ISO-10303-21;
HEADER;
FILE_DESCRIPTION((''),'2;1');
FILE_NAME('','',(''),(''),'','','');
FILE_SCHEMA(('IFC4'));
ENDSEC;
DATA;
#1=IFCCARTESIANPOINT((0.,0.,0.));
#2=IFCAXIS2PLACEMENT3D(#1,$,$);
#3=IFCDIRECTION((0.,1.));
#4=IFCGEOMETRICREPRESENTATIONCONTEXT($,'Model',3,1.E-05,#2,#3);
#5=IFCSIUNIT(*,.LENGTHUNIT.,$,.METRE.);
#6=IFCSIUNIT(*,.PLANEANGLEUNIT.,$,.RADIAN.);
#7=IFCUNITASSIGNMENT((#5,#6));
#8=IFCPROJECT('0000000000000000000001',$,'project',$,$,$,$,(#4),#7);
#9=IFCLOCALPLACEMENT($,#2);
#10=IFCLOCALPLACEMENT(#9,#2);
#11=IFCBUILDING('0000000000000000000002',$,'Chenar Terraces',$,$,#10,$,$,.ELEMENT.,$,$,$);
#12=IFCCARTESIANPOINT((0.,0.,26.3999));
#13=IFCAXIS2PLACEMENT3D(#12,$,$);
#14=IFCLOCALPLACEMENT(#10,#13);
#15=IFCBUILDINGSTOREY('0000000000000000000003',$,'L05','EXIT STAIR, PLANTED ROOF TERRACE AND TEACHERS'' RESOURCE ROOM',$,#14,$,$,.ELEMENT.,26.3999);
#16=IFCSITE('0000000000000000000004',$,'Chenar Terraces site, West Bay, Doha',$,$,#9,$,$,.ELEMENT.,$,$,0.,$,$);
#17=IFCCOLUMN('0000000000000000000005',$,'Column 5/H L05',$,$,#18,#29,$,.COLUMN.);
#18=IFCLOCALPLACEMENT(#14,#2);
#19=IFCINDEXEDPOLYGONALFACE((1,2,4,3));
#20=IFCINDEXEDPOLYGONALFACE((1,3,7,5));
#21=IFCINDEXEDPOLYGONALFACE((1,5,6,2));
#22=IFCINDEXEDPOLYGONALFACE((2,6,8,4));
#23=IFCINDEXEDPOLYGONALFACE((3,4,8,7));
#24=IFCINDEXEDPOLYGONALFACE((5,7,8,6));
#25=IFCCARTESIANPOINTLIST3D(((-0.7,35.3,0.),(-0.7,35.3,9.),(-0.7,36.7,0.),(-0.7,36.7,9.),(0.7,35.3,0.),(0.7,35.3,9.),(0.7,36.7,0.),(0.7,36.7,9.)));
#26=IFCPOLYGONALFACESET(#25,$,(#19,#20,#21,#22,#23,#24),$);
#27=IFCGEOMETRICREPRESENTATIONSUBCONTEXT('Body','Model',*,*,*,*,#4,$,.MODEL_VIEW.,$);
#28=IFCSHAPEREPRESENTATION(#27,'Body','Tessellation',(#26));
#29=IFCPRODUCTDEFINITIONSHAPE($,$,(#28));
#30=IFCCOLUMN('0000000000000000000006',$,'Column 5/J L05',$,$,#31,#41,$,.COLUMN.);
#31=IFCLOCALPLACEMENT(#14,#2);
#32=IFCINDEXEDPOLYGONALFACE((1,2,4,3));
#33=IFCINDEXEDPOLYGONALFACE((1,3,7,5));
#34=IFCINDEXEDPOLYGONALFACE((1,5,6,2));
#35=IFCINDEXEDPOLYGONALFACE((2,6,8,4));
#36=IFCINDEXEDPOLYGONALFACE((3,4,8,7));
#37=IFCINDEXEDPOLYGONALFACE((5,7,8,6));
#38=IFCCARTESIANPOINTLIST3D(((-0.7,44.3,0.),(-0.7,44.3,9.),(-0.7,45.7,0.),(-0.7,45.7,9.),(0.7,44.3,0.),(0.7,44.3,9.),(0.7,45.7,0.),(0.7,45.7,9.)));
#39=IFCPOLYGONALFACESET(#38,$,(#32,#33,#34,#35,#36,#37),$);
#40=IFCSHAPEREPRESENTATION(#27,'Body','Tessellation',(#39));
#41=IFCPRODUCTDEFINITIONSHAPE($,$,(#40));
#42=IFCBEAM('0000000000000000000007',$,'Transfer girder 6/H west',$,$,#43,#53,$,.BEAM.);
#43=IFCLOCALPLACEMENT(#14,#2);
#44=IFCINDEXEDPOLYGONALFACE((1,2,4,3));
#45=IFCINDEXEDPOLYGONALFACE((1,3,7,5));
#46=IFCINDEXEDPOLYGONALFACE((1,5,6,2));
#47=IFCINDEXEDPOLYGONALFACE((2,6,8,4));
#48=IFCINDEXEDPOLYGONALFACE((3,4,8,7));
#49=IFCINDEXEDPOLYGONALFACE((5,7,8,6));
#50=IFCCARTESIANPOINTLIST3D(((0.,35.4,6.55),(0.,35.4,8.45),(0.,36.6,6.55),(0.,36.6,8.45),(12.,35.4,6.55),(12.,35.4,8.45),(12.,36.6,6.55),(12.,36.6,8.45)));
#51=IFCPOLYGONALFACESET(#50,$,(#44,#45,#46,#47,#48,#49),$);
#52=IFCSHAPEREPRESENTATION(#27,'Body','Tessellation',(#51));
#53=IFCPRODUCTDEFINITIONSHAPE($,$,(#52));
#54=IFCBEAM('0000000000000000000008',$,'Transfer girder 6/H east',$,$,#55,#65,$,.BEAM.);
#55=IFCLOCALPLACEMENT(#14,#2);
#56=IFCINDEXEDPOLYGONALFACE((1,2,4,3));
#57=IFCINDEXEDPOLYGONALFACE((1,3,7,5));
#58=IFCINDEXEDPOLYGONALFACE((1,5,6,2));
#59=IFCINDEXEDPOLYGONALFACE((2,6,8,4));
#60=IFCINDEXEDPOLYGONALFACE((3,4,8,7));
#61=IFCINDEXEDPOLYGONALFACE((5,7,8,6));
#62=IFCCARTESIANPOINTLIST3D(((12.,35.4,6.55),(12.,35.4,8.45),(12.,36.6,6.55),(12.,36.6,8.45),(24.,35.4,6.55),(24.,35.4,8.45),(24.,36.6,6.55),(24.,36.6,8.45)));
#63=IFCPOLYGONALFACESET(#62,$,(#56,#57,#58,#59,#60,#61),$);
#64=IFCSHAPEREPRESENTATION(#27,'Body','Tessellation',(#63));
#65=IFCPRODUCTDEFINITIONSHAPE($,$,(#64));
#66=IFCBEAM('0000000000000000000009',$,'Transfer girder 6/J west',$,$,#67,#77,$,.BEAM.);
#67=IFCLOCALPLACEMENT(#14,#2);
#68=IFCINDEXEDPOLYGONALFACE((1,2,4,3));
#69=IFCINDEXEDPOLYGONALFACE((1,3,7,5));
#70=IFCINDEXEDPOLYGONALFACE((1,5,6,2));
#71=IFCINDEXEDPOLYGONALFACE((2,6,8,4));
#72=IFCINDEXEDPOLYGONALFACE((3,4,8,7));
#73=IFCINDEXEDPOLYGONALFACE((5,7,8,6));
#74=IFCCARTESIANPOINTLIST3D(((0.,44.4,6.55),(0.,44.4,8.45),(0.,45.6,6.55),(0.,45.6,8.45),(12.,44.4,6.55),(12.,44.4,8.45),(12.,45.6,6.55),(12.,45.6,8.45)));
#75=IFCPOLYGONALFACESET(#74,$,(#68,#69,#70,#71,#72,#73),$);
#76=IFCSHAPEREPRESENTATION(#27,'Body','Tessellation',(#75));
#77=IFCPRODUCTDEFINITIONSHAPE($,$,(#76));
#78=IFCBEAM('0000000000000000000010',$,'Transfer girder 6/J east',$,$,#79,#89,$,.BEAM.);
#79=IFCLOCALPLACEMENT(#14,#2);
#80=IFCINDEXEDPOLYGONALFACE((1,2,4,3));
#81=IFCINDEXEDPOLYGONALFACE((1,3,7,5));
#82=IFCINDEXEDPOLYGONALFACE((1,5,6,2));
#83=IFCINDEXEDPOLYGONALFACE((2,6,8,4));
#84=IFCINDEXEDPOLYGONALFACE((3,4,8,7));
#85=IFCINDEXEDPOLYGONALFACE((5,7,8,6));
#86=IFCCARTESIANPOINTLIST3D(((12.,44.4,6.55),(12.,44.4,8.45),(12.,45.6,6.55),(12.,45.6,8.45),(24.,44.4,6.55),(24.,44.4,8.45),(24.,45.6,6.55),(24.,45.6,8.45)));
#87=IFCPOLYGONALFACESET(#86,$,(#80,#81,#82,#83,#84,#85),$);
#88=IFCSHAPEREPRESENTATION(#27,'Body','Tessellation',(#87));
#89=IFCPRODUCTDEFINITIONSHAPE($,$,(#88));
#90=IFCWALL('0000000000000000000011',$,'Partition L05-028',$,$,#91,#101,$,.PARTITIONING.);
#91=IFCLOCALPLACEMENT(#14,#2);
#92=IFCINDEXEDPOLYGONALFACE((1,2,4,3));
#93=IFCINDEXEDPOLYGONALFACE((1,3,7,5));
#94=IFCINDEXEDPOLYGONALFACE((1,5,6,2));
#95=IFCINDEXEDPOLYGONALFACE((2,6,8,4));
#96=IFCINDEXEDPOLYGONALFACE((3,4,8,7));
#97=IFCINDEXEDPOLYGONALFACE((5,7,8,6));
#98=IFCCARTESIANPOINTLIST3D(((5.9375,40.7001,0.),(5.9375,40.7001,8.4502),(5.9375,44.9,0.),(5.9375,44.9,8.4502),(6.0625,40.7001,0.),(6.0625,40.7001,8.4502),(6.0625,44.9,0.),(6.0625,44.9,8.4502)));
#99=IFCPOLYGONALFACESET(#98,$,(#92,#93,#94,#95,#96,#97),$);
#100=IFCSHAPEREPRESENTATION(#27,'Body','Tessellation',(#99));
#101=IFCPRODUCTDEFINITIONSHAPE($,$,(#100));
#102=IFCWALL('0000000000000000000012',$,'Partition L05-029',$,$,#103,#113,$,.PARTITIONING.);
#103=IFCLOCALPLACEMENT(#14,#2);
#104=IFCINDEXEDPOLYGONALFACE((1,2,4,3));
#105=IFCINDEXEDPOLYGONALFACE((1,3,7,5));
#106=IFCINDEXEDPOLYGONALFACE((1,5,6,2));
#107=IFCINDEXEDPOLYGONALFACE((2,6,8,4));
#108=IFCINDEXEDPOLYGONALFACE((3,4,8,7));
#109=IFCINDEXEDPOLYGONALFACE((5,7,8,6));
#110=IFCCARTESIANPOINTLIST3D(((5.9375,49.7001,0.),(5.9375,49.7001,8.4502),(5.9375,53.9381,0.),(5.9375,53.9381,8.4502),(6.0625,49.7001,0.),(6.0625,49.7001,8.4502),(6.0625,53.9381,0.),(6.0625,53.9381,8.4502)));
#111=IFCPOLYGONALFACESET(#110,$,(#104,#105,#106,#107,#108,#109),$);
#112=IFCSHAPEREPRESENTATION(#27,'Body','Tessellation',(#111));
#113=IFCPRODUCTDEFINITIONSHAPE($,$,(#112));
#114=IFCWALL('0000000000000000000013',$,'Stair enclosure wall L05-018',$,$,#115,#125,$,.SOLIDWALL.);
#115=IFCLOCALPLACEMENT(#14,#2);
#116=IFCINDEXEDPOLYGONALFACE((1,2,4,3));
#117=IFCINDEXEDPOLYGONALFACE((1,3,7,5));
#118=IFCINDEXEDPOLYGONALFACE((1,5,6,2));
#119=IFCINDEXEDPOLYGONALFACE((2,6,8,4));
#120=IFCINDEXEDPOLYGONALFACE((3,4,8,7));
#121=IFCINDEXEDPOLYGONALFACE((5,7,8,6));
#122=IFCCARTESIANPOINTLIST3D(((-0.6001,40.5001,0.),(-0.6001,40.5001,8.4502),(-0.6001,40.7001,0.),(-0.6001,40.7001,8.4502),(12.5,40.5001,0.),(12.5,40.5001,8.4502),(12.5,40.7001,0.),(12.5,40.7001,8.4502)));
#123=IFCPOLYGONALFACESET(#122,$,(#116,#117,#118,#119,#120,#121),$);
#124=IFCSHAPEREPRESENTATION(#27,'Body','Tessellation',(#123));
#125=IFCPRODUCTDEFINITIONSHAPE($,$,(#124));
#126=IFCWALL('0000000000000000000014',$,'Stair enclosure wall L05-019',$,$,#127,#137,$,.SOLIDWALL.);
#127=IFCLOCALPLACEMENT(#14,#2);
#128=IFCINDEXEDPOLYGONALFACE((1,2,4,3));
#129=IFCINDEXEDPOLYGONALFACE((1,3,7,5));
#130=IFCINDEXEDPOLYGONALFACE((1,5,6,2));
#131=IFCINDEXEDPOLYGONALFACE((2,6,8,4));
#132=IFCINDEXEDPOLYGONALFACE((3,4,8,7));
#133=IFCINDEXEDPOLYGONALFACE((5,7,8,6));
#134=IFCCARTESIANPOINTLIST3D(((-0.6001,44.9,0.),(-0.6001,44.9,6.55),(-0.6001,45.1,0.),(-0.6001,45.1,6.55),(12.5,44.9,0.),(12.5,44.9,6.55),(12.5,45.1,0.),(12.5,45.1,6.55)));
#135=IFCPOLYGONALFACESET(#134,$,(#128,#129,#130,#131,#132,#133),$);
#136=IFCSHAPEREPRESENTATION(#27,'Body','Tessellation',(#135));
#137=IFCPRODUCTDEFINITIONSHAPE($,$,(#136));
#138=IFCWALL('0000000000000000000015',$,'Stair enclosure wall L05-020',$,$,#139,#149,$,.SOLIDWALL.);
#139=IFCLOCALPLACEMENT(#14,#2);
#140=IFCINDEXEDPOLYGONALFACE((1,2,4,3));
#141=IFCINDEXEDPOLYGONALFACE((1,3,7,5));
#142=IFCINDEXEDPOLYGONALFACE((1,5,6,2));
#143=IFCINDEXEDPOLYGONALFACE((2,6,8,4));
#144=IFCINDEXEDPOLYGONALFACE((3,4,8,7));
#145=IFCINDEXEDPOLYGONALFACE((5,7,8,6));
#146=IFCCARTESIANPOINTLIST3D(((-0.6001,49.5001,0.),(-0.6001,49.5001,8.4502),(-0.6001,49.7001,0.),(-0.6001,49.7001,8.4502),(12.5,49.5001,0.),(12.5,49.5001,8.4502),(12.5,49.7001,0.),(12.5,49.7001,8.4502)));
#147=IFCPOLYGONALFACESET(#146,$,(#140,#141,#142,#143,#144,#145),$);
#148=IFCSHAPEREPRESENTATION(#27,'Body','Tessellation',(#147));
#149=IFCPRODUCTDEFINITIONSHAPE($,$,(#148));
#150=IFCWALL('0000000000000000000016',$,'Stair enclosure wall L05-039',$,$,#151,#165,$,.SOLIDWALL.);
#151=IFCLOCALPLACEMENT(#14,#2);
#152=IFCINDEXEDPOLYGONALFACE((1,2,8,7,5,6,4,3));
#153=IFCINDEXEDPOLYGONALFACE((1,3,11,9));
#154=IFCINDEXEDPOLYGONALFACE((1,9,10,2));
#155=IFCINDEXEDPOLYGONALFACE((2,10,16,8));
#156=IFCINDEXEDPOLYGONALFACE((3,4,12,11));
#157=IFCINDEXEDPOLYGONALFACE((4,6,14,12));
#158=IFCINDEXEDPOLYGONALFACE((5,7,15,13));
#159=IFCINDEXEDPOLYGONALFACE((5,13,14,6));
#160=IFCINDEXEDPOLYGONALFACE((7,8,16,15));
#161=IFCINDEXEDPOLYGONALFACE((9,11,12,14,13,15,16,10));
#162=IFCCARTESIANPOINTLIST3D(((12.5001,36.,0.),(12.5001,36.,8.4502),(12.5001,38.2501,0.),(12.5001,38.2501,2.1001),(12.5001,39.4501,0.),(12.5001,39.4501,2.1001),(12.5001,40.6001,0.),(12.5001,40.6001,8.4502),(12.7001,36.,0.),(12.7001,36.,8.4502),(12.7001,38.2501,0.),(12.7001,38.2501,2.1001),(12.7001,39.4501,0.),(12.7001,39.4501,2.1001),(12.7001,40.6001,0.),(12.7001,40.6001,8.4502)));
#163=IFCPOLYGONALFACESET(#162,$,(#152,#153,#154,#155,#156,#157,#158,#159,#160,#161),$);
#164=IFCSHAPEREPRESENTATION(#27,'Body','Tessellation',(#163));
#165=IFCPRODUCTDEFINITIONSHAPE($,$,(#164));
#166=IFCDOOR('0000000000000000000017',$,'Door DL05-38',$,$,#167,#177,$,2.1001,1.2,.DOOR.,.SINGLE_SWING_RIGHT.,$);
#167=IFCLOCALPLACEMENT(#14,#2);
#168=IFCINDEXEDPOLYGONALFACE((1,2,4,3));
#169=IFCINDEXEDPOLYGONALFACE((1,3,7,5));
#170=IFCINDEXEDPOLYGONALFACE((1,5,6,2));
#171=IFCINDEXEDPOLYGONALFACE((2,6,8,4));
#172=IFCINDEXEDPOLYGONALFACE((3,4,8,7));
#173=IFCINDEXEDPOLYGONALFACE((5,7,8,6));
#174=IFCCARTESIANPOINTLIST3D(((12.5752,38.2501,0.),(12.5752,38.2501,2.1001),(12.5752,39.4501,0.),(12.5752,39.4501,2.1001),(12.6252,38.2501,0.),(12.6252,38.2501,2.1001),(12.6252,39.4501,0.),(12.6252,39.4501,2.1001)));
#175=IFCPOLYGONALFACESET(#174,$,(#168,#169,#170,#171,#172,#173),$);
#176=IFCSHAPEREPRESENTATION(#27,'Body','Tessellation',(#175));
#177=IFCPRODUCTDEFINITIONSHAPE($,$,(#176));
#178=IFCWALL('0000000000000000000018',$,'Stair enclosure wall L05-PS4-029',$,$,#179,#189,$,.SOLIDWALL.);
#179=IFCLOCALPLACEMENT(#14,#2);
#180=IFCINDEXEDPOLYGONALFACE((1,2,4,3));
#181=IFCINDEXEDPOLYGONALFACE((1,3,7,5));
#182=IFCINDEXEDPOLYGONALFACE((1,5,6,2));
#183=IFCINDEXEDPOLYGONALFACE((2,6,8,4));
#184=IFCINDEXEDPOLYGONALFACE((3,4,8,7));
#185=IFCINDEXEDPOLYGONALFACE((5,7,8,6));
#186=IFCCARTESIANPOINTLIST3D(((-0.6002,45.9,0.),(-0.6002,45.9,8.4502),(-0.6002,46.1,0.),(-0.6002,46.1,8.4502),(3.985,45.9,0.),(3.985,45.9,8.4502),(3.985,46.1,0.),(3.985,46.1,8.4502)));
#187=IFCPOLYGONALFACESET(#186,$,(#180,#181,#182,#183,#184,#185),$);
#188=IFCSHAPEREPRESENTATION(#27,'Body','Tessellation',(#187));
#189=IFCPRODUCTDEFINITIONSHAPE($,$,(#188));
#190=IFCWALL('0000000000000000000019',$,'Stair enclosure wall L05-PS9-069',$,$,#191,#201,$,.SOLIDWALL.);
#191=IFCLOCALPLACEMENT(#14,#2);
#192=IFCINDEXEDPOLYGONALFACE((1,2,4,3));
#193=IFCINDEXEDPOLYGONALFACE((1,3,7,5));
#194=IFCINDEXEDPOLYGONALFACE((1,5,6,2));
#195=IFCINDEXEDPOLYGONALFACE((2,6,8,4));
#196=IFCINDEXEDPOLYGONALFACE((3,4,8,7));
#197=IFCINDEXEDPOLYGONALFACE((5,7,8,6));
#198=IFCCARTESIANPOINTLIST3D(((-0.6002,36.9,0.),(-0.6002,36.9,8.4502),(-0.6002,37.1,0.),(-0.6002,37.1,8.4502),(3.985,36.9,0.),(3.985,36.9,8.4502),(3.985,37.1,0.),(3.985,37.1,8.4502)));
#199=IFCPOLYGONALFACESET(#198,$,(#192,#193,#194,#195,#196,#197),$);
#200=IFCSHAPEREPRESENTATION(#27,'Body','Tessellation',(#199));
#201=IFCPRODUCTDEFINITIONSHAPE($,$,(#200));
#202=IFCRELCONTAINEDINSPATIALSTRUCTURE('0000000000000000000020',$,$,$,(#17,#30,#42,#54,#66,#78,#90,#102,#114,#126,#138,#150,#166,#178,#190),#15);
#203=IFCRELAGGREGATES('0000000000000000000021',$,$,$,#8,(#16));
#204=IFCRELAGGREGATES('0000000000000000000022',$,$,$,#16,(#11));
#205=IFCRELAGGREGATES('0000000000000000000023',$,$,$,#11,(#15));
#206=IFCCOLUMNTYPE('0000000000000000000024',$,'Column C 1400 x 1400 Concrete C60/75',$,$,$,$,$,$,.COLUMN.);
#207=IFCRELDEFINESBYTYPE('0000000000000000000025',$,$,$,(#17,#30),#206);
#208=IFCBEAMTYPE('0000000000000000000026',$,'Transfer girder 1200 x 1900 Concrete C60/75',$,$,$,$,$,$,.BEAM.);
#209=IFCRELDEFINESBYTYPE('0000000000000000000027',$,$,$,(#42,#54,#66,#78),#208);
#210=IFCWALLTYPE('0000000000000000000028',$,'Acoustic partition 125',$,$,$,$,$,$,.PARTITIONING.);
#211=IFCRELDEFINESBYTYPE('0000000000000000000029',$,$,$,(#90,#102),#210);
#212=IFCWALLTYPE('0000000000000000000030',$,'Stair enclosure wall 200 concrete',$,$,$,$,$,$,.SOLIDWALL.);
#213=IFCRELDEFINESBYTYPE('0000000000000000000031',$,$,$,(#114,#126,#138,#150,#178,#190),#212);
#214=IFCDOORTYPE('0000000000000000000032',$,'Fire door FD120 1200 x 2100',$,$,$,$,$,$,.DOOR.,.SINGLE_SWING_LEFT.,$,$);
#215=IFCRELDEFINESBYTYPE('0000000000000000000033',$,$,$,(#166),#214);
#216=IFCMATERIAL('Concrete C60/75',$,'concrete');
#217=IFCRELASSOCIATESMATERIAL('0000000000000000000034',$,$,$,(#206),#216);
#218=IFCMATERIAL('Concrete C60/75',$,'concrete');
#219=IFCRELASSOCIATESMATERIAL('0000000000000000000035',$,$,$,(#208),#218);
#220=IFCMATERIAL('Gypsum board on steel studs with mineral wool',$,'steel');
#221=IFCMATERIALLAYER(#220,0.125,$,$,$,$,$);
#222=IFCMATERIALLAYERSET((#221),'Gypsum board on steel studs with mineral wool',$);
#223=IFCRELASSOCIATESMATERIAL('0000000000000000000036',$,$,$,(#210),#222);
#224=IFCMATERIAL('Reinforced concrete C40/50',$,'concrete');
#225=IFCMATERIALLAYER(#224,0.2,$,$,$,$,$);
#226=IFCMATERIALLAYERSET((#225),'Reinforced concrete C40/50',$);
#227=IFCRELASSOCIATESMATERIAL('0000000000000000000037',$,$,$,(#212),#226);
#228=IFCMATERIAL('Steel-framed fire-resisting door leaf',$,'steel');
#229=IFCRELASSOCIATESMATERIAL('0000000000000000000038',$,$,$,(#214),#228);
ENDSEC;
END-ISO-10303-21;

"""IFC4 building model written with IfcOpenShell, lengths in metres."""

from ifc_helpers import new_model, si_unit, direction, frame, frame_2d, origin, origin_2d, place, context, subcontext, project, spatial, rectangle, extrude, material, layer, layer_set, material_profile, profile_set, type_object, element, fill, save


model = new_model("IFC4")

# Units and contexts
model_context = context("Model", 3, precision=1e-05, world=origin(), true_north=direction((0.0, 1.0)))
body_context = subcontext(model_context, "Body", "Model", "MODEL_VIEW")
ifc_project = project(units=[si_unit("LENGTHUNIT", "METRE"), si_unit("PLANEANGLEUNIT", "RADIAN")], contexts=[model_context])

# Site, building, storey
site_placement = place(None, origin())
site = spatial("IfcSite", under=ifc_project, at=site_placement, Name="Chenar Terraces site, West Bay, Doha", CompositionType="ELEMENT", RefElevation=0.0)
building_placement = place(site_placement, origin())
building = spatial("IfcBuilding", under=site, at=building_placement, Name="Chenar Terraces", CompositionType="ELEMENT")
storey_placement = place(building_placement, frame((0.0, 0.0, 26.3999)))
storey = spatial("IfcBuildingStorey", under=building, at=storey_placement, Name="L05", Description="EXIT STAIR, PLANTED ROOF TERRACE AND TEACHERS' RESOURCE ROOM", CompositionType="ELEMENT", Elevation=26.3999)

# Columns
ifc_material_1 = material(Name="Concrete C60/75", Category="concrete")
ifc_material_profile_1 = material_profile(ifc_material_1, rectangle(XDim=1.3999, YDim=1.3999, at=origin_2d()), Name="C 1400 x 1400")
ifc_profile_set_1 = profile_set([ifc_material_profile_1], Name="Concrete C60/75")
column_type = type_object("IfcColumnType", Name="Column C 1400 x 1400 Concrete C60/75", PredefinedType="COLUMN", material=ifc_profile_set_1)
for number, where, z_axis, x_axis, name in (
    (1, (0.0, 36.0, 0.0), (0.0, 0.0, 1.0), (1.0, 0.0, 0.0), "Column 5/H L05"),
    (2, (0.0, 45.0, 0.0), (0.0, 0.0, 1.0), (1.0, 0.0, 0.0), "Column 5/J L05"),
):
    element("IfcColumn", number, at=place(storey_placement, frame(where, z_axis=z_axis, x_axis=x_axis)), inside=storey, type_object=column_type, Name=name, PredefinedType="COLUMN", context=body_context, shape_type="SweptSolid", body=[
        extrude(rectangle(XDim=1.3999, YDim=1.3999, at=origin_2d()), origin(), (0.0, 0.0, 1.0), 9.0),
    ])

# Beams
ifc_material_2 = material(Name="Concrete C60/75", Category="concrete")
ifc_material_profile_2 = material_profile(ifc_material_2, rectangle(XDim=1.2, YDim=1.8999, at=origin_2d()), Name="RC 1200 x 1900")
ifc_profile_set_2 = profile_set([ifc_material_profile_2], Name="Concrete C60/75")
beam_type = type_object("IfcBeamType", Name="Transfer girder 1200 x 1900 Concrete C60/75", PredefinedType="BEAM", material=ifc_profile_set_2)
for number, where, z_axis, x_axis, name in (
    (3, (0.0, 36.0, 8.45), (1.0, 0.0, 0.0), (0.0, 1.0, 0.0), "Transfer girder 6/H west"),
    (4, (12.0, 36.0, 8.45), (1.0, 0.0, 0.0), (0.0, 1.0, 0.0), "Transfer girder 6/H east"),
    (5, (0.0, 45.0, 8.45), (1.0, 0.0, 0.0), (0.0, 1.0, 0.0), "Transfer girder 6/J west"),
    (6, (12.0, 45.0, 8.45), (1.0, 0.0, 0.0), (0.0, 1.0, 0.0), "Transfer girder 6/J east"),
):
    element("IfcBeam", number, at=place(storey_placement, frame(where, z_axis=z_axis, x_axis=x_axis)), inside=storey, type_object=beam_type, Name=name, PredefinedType="BEAM", context=body_context, shape_type="SweptSolid", body=[
        extrude(rectangle(XDim=1.2, YDim=1.8999, at=frame_2d((0.0, -0.95))), origin(), (0.0, 0.0, 1.0), 12.0),
    ])

# Walls
ifc_material_3 = material(Name="Gypsum board on steel studs with mineral wool", Category="steel")
ifc_layer_1 = layer(ifc_material_3, 0.125)
ifc_layer_set_1 = layer_set([ifc_layer_1], Name="Gypsum board on steel studs with mineral wool")
wall_type_1 = type_object("IfcWallType", Name="Acoustic partition 125", PredefinedType="PARTITIONING", material=ifc_layer_set_1)
wall_1_placement = place(storey_placement, frame((6.0, 40.7, 0.0), z_axis=(0.0, 0.0, 1.0), x_axis=(0.0, 1.0, 0.0)))
element("IfcWall", 7, at=wall_1_placement, inside=storey, type_object=wall_type_1, Name="Partition L05-028", PredefinedType="PARTITIONING", context=body_context, shape_type="SweptSolid", body=[
    extrude(rectangle(XDim=4.2, YDim=0.125, at=frame_2d((2.1001, 0.0))), origin(), (0.0, 0.0, 1.0), 8.4502),
])
wall_2_placement = place(storey_placement, frame((6.0, 49.7, 0.0), z_axis=(0.0, 0.0, 1.0), x_axis=(0.0, 1.0, 0.0)))
element("IfcWall", 8, at=wall_2_placement, inside=storey, type_object=wall_type_1, Name="Partition L05-029", PredefinedType="PARTITIONING", context=body_context, shape_type="SweptSolid", body=[
    extrude(rectangle(XDim=4.238, YDim=0.125, at=frame_2d((2.1191, 0.0))), origin(), (0.0, 0.0, 1.0), 8.4502),
])
ifc_material_4 = material(Name="Reinforced concrete C40/50", Category="concrete")
ifc_layer_2 = layer(ifc_material_4, 0.2)
ifc_layer_set_2 = layer_set([ifc_layer_2], Name="Reinforced concrete C40/50")
wall_type_2 = type_object("IfcWallType", Name="Stair enclosure wall 200 concrete", PredefinedType="SOLIDWALL", material=ifc_layer_set_2)
wall_3_placement = place(storey_placement, frame((-0.6001, 40.6001, 0.0), z_axis=(0.0, 0.0, 1.0), x_axis=(1.0, 0.0, 0.0)))
element("IfcWall", 9, at=wall_3_placement, inside=storey, type_object=wall_type_2, Name="Stair enclosure wall L05-018", PredefinedType="SOLIDWALL", context=body_context, shape_type="SweptSolid", body=[
    extrude(rectangle(XDim=13.1001, YDim=0.2, at=frame_2d((6.55, 0.0))), origin(), (0.0, 0.0, 1.0), 8.4502),
])
wall_4_placement = place(storey_placement, frame((-0.6001, 45.0, 0.0), z_axis=(0.0, 0.0, 1.0), x_axis=(1.0, 0.0, 0.0)))
element("IfcWall", 10, at=wall_4_placement, inside=storey, type_object=wall_type_2, Name="Stair enclosure wall L05-019", PredefinedType="SOLIDWALL", context=body_context, shape_type="SweptSolid", body=[
    extrude(rectangle(XDim=13.1001, YDim=0.2, at=frame_2d((6.55, 0.0))), origin(), (0.0, 0.0, 1.0), 6.55),
])
wall_5_placement = place(storey_placement, frame((-0.6001, 49.6001, 0.0), z_axis=(0.0, 0.0, 1.0), x_axis=(1.0, 0.0, 0.0)))
element("IfcWall", 11, at=wall_5_placement, inside=storey, type_object=wall_type_2, Name="Stair enclosure wall L05-020", PredefinedType="SOLIDWALL", context=body_context, shape_type="SweptSolid", body=[
    extrude(rectangle(XDim=13.1001, YDim=0.2, at=frame_2d((6.55, 0.0))), origin(), (0.0, 0.0, 1.0), 8.4502),
])

# Wall, opening, door
wall_6_placement = place(storey_placement, frame((12.6001, 36.0, 0.0), z_axis=(0.0, 0.0, 1.0), x_axis=(0.0, 1.0, 0.0)))
wall_6 = element("IfcWall", 12, at=wall_6_placement, inside=storey, type_object=wall_type_2, Name="Stair enclosure wall L05-039", PredefinedType="SOLIDWALL", context=body_context, shape_type="SweptSolid", body=[
    extrude(rectangle(XDim=4.6001, YDim=0.2, at=frame_2d((2.3, 0.0))), origin(), (0.0, 0.0, 1.0), 8.4502),
])
opening_placement = place(wall_6_placement, frame((2.25, 0.0, 0.0)))
opening = element("IfcOpeningElement", 13, at=opening_placement, cuts=wall_6, PredefinedType="OPENING", context=body_context, shape_type="SweptSolid", body=[
    extrude(rectangle(XDim=1.2, YDim=2.1001, at=frame_2d((0.6001, 1.05))), frame((0.0, 0.1099, 0.0), z_axis=(0.0, -1.0, 0.0), x_axis=(1.0, 0.0, 0.0)), (0.0, 0.0, 1.0), 0.22),
])
ifc_material_5 = material(Name="Steel-framed fire-resisting door leaf", Category="steel")
door_type = type_object("IfcDoorType", Name="Fire door FD120 1200 x 2100", OperationType="SINGLE_SWING_LEFT", PredefinedType="DOOR", material=ifc_material_5)
door_placement = place(opening_placement, origin())
door = element("IfcDoor", 14, at=door_placement, inside=storey, type_object=door_type, Name="Door DL05-38", OperationType="SINGLE_SWING_RIGHT", OverallHeight=2.1001, OverallWidth=1.2, PredefinedType="DOOR", context=body_context, shape_type="SweptSolid", body=[
    extrude(rectangle(XDim=1.2, YDim=2.1001, at=frame_2d((0.6001, 1.05))), frame((0.0, 0.0249, 0.0), z_axis=(0.0, -1.0, 0.0), x_axis=(1.0, 0.0, 0.0)), (0.0, 0.0, 1.0), 0.05),
])
fill(opening, door)

# Walls
for number, where, z_axis, x_axis, name in (
    (15, (-0.6001, 46.0, 0.0), (0.0, 0.0, 1.0), (1.0, 0.0, 0.0), "Stair enclosure wall L05-PS4-029"),
    (16, (-0.6001, 37.0, 0.0), (0.0, 0.0, 1.0), (1.0, 0.0, 0.0), "Stair enclosure wall L05-PS9-069"),
):
    element("IfcWall", number, at=place(storey_placement, frame(where, z_axis=z_axis, x_axis=x_axis)), inside=storey, type_object=wall_type_2, Name=name, PredefinedType="SOLIDWALL", context=body_context, shape_type="SweptSolid", body=[
        extrude(rectangle(XDim=4.5852, YDim=0.2, at=frame_2d((2.2925, 0.0))), origin(), (0.0, 0.0, 1.0), 8.4502),
    ])

save(model, "model.ifc")
